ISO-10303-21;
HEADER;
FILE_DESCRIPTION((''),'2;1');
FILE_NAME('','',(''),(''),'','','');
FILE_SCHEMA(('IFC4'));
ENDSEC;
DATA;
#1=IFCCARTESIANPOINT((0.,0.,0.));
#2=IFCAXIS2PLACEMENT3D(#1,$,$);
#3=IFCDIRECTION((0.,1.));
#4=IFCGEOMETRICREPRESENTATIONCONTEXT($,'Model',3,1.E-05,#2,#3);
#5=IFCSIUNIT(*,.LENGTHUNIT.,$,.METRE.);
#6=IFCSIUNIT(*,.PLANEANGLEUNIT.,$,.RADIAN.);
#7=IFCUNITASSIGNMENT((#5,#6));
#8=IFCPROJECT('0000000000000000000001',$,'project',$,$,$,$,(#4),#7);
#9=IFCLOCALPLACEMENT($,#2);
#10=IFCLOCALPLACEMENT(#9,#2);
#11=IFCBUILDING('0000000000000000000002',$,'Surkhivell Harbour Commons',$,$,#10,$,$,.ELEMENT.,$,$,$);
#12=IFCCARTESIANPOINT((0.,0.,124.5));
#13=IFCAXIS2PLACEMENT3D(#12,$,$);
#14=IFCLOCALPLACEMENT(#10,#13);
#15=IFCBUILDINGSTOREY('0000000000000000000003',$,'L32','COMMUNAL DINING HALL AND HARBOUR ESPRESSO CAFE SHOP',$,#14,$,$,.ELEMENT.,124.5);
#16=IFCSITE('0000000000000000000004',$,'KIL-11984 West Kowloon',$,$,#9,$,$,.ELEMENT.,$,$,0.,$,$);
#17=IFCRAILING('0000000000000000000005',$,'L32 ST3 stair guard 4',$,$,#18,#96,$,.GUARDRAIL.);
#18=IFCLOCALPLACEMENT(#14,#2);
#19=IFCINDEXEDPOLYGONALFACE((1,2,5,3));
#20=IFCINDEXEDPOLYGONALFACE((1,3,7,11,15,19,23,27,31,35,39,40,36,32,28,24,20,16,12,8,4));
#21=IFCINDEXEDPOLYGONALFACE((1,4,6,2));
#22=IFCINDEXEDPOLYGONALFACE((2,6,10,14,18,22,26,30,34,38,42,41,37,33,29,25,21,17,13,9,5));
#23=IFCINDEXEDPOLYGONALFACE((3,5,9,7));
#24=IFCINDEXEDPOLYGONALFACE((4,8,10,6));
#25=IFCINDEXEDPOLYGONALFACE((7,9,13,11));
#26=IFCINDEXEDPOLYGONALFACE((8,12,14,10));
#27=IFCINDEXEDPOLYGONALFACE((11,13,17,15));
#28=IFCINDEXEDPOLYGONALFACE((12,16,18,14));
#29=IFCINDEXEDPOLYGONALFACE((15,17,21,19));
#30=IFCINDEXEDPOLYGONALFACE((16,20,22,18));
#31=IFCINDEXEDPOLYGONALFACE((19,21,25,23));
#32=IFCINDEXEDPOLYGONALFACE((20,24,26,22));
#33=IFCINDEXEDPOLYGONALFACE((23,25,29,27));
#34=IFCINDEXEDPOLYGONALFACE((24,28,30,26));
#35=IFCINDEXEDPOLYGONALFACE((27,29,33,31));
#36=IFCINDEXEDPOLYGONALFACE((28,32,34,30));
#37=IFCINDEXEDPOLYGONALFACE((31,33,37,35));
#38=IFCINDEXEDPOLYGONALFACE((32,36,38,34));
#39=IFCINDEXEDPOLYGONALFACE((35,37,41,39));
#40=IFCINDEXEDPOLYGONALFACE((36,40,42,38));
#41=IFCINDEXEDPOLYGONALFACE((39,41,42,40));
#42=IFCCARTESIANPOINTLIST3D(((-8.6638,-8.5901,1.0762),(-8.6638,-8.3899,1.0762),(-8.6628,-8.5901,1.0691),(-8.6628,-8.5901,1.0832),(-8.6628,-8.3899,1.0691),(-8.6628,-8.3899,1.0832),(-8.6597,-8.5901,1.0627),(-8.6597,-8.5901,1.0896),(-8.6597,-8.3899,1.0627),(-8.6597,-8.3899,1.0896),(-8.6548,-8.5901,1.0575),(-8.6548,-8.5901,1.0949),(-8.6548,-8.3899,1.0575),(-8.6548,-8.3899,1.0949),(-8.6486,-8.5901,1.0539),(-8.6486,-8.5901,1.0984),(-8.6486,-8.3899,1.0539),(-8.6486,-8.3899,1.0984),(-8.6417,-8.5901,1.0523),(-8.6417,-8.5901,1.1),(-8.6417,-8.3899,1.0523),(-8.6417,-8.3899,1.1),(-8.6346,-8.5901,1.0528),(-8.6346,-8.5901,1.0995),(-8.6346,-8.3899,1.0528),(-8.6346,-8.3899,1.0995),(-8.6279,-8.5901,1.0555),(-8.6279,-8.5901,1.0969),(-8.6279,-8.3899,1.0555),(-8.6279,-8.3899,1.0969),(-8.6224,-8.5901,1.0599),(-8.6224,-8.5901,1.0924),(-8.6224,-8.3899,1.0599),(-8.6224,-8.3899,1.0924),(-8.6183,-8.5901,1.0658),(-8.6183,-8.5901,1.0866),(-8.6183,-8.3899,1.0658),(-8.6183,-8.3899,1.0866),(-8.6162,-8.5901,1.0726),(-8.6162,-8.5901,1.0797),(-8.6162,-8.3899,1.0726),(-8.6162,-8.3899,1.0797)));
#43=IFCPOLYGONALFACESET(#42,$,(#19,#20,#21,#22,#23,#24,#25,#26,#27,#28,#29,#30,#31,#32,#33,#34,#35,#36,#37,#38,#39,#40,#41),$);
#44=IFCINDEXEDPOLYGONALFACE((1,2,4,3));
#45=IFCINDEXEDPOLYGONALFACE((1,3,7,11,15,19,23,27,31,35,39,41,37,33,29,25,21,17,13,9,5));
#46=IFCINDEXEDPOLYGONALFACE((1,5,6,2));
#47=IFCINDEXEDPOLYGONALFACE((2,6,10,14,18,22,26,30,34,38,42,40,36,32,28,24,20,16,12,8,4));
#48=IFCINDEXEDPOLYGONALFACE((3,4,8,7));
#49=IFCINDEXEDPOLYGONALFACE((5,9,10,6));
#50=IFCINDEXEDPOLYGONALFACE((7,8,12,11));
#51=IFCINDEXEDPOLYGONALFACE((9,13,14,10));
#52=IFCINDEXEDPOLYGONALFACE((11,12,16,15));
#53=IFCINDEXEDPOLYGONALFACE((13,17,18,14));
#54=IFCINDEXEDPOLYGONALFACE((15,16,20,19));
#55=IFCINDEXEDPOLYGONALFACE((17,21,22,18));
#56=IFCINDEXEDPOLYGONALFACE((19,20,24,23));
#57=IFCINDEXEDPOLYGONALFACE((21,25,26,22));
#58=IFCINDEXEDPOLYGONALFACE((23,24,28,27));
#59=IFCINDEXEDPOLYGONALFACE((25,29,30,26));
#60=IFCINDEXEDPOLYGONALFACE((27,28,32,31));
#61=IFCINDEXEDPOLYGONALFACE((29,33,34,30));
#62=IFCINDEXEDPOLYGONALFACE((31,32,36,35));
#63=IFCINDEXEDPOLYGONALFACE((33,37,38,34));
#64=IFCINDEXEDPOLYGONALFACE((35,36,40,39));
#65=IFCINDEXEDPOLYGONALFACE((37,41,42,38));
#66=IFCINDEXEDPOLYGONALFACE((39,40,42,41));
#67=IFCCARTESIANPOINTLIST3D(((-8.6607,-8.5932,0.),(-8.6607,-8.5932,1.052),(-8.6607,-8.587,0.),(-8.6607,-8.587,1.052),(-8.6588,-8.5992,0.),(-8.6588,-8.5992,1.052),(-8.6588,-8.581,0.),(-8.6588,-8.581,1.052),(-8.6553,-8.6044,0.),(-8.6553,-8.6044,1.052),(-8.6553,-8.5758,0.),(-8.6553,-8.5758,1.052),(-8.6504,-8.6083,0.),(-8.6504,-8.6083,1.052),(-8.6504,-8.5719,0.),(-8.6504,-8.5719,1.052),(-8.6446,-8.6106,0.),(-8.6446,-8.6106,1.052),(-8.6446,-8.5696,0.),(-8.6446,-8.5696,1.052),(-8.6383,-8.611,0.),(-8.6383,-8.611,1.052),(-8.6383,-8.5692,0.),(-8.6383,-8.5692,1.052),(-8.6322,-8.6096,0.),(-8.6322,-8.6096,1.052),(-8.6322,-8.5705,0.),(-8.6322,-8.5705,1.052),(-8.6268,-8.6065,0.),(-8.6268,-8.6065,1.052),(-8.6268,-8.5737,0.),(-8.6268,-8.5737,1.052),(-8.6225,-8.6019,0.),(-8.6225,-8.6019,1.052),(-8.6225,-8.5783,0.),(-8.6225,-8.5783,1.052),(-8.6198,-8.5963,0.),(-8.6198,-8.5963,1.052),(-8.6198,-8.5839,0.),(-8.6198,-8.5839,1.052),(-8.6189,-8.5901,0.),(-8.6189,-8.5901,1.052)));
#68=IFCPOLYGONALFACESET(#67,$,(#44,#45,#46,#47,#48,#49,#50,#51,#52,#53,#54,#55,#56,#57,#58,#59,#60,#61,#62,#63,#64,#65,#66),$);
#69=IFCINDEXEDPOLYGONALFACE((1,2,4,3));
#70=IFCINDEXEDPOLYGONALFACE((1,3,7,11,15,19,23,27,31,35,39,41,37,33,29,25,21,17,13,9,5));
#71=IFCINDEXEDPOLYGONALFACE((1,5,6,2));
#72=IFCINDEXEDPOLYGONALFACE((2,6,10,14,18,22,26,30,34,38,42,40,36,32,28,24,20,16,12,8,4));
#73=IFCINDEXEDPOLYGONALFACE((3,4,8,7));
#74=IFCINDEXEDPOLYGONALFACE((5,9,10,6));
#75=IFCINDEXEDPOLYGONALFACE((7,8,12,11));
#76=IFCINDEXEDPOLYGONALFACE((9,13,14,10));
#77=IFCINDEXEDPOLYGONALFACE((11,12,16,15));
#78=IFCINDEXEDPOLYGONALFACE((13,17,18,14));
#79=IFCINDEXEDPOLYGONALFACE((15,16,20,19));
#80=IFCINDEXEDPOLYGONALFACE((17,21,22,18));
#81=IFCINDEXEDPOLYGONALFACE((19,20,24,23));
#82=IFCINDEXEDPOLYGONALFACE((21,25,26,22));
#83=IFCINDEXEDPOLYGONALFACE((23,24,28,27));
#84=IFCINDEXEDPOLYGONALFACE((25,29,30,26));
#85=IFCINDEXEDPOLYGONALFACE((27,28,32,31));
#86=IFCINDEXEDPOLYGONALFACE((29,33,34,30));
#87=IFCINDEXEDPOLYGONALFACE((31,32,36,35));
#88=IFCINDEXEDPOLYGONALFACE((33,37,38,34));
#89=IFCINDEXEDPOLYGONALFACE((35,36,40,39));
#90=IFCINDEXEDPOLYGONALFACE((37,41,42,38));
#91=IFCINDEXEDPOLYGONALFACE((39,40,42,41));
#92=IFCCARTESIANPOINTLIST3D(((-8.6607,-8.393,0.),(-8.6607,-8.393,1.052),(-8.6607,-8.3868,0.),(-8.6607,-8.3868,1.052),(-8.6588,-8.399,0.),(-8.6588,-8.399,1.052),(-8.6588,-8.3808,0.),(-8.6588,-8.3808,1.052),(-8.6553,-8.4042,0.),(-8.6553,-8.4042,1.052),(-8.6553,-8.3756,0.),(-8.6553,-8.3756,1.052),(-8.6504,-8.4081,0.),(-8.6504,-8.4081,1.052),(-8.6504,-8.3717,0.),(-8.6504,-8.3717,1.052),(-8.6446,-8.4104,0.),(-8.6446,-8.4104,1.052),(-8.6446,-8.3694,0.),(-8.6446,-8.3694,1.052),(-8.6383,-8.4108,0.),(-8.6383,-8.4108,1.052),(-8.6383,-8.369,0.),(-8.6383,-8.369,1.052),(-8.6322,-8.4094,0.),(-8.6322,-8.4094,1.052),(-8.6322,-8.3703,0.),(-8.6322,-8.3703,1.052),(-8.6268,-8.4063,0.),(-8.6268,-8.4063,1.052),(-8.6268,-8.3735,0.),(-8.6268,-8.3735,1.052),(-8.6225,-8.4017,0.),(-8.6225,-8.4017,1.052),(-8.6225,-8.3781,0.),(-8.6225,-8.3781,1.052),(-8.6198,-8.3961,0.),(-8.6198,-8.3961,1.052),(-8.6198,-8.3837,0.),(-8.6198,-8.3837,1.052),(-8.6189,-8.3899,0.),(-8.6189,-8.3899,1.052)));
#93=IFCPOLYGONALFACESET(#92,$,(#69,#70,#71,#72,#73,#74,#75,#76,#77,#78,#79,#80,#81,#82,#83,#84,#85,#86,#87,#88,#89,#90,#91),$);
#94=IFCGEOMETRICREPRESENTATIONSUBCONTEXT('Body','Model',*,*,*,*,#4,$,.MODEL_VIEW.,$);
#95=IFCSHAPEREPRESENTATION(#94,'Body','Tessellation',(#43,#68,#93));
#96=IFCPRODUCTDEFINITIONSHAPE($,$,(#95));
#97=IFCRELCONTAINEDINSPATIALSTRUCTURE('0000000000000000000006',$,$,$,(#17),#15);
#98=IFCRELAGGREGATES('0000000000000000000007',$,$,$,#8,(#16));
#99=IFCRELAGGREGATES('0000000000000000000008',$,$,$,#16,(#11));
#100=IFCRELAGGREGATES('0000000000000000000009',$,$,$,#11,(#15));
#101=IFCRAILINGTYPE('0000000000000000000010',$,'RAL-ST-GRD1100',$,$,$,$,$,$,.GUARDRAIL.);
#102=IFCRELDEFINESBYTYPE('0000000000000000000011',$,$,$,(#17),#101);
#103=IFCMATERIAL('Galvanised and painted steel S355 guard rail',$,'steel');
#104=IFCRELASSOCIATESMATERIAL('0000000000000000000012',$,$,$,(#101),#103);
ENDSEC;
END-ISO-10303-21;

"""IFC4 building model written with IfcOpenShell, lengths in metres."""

from ifc_helpers import new_model, si_unit, direction, frame, origin, origin_2d, place, context, subcontext, project, spatial, circle, extrude, material, type_object, element, save


model = new_model("IFC4")

# Units and contexts
model_context = context("Model", 3, precision=1e-05, world=origin(), true_north=direction((0.0, 1.0)))
body_context = subcontext(model_context, "Body", "Model", "MODEL_VIEW")
ifc_project = project(units=[si_unit("LENGTHUNIT", "METRE"), si_unit("PLANEANGLEUNIT", "RADIAN")], contexts=[model_context])

# Site, building, storey
site_placement = place(None, origin())
site = spatial("IfcSite", under=ifc_project, at=site_placement, Name="KIL-11984 West Kowloon", CompositionType="ELEMENT", RefElevation=0.0)
building_placement = place(site_placement, origin())
building = spatial("IfcBuilding", under=site, at=building_placement, Name="Surkhivell Harbour Commons", CompositionType="ELEMENT")
storey_placement = place(building_placement, frame((0.0, 0.0, 124.5)))
storey = spatial("IfcBuildingStorey", under=building, at=storey_placement, Name="L32", Description="COMMUNAL DINING HALL AND HARBOUR ESPRESSO CAFE SHOP", CompositionType="ELEMENT", Elevation=124.5)

# Railing
ifc_material_1 = material(Name="Galvanised and painted steel S355 guard rail", Category="steel")
railing_type_1 = type_object("IfcRailingType", Name="RAL-ST-GRD1100", PredefinedType="GUARDRAIL", material=ifc_material_1)
railing_1_placement = place(storey_placement, frame((-8.6399, -8.5901, 0.0)))
element("IfcRailing", 1, at=railing_1_placement, inside=storey, type_object=railing_type_1, Name="L32 ST3 stair guard 4", PredefinedType="GUARDRAIL", context=body_context, shape_type="SweptSolid", body=[
    extrude(circle(Radius=0.0239, at=origin_2d()), frame((0.0, 0.0, 1.0762), z_axis=(0.0, 1.0, 0.0), x_axis=(-1.0, 0.0, 0.0)), (0.0, 0.0, 1.0), 0.2002),
    extrude(circle(Radius=0.021, at=origin_2d()), origin(), (0.0, 0.0, 1.0), 1.052),
    extrude(circle(Radius=0.021, at=origin_2d()), frame((0.0, 0.2002, 0.0)), (0.0, 0.0, 1.0), 1.052),
])

save(model, "model.ifc")
